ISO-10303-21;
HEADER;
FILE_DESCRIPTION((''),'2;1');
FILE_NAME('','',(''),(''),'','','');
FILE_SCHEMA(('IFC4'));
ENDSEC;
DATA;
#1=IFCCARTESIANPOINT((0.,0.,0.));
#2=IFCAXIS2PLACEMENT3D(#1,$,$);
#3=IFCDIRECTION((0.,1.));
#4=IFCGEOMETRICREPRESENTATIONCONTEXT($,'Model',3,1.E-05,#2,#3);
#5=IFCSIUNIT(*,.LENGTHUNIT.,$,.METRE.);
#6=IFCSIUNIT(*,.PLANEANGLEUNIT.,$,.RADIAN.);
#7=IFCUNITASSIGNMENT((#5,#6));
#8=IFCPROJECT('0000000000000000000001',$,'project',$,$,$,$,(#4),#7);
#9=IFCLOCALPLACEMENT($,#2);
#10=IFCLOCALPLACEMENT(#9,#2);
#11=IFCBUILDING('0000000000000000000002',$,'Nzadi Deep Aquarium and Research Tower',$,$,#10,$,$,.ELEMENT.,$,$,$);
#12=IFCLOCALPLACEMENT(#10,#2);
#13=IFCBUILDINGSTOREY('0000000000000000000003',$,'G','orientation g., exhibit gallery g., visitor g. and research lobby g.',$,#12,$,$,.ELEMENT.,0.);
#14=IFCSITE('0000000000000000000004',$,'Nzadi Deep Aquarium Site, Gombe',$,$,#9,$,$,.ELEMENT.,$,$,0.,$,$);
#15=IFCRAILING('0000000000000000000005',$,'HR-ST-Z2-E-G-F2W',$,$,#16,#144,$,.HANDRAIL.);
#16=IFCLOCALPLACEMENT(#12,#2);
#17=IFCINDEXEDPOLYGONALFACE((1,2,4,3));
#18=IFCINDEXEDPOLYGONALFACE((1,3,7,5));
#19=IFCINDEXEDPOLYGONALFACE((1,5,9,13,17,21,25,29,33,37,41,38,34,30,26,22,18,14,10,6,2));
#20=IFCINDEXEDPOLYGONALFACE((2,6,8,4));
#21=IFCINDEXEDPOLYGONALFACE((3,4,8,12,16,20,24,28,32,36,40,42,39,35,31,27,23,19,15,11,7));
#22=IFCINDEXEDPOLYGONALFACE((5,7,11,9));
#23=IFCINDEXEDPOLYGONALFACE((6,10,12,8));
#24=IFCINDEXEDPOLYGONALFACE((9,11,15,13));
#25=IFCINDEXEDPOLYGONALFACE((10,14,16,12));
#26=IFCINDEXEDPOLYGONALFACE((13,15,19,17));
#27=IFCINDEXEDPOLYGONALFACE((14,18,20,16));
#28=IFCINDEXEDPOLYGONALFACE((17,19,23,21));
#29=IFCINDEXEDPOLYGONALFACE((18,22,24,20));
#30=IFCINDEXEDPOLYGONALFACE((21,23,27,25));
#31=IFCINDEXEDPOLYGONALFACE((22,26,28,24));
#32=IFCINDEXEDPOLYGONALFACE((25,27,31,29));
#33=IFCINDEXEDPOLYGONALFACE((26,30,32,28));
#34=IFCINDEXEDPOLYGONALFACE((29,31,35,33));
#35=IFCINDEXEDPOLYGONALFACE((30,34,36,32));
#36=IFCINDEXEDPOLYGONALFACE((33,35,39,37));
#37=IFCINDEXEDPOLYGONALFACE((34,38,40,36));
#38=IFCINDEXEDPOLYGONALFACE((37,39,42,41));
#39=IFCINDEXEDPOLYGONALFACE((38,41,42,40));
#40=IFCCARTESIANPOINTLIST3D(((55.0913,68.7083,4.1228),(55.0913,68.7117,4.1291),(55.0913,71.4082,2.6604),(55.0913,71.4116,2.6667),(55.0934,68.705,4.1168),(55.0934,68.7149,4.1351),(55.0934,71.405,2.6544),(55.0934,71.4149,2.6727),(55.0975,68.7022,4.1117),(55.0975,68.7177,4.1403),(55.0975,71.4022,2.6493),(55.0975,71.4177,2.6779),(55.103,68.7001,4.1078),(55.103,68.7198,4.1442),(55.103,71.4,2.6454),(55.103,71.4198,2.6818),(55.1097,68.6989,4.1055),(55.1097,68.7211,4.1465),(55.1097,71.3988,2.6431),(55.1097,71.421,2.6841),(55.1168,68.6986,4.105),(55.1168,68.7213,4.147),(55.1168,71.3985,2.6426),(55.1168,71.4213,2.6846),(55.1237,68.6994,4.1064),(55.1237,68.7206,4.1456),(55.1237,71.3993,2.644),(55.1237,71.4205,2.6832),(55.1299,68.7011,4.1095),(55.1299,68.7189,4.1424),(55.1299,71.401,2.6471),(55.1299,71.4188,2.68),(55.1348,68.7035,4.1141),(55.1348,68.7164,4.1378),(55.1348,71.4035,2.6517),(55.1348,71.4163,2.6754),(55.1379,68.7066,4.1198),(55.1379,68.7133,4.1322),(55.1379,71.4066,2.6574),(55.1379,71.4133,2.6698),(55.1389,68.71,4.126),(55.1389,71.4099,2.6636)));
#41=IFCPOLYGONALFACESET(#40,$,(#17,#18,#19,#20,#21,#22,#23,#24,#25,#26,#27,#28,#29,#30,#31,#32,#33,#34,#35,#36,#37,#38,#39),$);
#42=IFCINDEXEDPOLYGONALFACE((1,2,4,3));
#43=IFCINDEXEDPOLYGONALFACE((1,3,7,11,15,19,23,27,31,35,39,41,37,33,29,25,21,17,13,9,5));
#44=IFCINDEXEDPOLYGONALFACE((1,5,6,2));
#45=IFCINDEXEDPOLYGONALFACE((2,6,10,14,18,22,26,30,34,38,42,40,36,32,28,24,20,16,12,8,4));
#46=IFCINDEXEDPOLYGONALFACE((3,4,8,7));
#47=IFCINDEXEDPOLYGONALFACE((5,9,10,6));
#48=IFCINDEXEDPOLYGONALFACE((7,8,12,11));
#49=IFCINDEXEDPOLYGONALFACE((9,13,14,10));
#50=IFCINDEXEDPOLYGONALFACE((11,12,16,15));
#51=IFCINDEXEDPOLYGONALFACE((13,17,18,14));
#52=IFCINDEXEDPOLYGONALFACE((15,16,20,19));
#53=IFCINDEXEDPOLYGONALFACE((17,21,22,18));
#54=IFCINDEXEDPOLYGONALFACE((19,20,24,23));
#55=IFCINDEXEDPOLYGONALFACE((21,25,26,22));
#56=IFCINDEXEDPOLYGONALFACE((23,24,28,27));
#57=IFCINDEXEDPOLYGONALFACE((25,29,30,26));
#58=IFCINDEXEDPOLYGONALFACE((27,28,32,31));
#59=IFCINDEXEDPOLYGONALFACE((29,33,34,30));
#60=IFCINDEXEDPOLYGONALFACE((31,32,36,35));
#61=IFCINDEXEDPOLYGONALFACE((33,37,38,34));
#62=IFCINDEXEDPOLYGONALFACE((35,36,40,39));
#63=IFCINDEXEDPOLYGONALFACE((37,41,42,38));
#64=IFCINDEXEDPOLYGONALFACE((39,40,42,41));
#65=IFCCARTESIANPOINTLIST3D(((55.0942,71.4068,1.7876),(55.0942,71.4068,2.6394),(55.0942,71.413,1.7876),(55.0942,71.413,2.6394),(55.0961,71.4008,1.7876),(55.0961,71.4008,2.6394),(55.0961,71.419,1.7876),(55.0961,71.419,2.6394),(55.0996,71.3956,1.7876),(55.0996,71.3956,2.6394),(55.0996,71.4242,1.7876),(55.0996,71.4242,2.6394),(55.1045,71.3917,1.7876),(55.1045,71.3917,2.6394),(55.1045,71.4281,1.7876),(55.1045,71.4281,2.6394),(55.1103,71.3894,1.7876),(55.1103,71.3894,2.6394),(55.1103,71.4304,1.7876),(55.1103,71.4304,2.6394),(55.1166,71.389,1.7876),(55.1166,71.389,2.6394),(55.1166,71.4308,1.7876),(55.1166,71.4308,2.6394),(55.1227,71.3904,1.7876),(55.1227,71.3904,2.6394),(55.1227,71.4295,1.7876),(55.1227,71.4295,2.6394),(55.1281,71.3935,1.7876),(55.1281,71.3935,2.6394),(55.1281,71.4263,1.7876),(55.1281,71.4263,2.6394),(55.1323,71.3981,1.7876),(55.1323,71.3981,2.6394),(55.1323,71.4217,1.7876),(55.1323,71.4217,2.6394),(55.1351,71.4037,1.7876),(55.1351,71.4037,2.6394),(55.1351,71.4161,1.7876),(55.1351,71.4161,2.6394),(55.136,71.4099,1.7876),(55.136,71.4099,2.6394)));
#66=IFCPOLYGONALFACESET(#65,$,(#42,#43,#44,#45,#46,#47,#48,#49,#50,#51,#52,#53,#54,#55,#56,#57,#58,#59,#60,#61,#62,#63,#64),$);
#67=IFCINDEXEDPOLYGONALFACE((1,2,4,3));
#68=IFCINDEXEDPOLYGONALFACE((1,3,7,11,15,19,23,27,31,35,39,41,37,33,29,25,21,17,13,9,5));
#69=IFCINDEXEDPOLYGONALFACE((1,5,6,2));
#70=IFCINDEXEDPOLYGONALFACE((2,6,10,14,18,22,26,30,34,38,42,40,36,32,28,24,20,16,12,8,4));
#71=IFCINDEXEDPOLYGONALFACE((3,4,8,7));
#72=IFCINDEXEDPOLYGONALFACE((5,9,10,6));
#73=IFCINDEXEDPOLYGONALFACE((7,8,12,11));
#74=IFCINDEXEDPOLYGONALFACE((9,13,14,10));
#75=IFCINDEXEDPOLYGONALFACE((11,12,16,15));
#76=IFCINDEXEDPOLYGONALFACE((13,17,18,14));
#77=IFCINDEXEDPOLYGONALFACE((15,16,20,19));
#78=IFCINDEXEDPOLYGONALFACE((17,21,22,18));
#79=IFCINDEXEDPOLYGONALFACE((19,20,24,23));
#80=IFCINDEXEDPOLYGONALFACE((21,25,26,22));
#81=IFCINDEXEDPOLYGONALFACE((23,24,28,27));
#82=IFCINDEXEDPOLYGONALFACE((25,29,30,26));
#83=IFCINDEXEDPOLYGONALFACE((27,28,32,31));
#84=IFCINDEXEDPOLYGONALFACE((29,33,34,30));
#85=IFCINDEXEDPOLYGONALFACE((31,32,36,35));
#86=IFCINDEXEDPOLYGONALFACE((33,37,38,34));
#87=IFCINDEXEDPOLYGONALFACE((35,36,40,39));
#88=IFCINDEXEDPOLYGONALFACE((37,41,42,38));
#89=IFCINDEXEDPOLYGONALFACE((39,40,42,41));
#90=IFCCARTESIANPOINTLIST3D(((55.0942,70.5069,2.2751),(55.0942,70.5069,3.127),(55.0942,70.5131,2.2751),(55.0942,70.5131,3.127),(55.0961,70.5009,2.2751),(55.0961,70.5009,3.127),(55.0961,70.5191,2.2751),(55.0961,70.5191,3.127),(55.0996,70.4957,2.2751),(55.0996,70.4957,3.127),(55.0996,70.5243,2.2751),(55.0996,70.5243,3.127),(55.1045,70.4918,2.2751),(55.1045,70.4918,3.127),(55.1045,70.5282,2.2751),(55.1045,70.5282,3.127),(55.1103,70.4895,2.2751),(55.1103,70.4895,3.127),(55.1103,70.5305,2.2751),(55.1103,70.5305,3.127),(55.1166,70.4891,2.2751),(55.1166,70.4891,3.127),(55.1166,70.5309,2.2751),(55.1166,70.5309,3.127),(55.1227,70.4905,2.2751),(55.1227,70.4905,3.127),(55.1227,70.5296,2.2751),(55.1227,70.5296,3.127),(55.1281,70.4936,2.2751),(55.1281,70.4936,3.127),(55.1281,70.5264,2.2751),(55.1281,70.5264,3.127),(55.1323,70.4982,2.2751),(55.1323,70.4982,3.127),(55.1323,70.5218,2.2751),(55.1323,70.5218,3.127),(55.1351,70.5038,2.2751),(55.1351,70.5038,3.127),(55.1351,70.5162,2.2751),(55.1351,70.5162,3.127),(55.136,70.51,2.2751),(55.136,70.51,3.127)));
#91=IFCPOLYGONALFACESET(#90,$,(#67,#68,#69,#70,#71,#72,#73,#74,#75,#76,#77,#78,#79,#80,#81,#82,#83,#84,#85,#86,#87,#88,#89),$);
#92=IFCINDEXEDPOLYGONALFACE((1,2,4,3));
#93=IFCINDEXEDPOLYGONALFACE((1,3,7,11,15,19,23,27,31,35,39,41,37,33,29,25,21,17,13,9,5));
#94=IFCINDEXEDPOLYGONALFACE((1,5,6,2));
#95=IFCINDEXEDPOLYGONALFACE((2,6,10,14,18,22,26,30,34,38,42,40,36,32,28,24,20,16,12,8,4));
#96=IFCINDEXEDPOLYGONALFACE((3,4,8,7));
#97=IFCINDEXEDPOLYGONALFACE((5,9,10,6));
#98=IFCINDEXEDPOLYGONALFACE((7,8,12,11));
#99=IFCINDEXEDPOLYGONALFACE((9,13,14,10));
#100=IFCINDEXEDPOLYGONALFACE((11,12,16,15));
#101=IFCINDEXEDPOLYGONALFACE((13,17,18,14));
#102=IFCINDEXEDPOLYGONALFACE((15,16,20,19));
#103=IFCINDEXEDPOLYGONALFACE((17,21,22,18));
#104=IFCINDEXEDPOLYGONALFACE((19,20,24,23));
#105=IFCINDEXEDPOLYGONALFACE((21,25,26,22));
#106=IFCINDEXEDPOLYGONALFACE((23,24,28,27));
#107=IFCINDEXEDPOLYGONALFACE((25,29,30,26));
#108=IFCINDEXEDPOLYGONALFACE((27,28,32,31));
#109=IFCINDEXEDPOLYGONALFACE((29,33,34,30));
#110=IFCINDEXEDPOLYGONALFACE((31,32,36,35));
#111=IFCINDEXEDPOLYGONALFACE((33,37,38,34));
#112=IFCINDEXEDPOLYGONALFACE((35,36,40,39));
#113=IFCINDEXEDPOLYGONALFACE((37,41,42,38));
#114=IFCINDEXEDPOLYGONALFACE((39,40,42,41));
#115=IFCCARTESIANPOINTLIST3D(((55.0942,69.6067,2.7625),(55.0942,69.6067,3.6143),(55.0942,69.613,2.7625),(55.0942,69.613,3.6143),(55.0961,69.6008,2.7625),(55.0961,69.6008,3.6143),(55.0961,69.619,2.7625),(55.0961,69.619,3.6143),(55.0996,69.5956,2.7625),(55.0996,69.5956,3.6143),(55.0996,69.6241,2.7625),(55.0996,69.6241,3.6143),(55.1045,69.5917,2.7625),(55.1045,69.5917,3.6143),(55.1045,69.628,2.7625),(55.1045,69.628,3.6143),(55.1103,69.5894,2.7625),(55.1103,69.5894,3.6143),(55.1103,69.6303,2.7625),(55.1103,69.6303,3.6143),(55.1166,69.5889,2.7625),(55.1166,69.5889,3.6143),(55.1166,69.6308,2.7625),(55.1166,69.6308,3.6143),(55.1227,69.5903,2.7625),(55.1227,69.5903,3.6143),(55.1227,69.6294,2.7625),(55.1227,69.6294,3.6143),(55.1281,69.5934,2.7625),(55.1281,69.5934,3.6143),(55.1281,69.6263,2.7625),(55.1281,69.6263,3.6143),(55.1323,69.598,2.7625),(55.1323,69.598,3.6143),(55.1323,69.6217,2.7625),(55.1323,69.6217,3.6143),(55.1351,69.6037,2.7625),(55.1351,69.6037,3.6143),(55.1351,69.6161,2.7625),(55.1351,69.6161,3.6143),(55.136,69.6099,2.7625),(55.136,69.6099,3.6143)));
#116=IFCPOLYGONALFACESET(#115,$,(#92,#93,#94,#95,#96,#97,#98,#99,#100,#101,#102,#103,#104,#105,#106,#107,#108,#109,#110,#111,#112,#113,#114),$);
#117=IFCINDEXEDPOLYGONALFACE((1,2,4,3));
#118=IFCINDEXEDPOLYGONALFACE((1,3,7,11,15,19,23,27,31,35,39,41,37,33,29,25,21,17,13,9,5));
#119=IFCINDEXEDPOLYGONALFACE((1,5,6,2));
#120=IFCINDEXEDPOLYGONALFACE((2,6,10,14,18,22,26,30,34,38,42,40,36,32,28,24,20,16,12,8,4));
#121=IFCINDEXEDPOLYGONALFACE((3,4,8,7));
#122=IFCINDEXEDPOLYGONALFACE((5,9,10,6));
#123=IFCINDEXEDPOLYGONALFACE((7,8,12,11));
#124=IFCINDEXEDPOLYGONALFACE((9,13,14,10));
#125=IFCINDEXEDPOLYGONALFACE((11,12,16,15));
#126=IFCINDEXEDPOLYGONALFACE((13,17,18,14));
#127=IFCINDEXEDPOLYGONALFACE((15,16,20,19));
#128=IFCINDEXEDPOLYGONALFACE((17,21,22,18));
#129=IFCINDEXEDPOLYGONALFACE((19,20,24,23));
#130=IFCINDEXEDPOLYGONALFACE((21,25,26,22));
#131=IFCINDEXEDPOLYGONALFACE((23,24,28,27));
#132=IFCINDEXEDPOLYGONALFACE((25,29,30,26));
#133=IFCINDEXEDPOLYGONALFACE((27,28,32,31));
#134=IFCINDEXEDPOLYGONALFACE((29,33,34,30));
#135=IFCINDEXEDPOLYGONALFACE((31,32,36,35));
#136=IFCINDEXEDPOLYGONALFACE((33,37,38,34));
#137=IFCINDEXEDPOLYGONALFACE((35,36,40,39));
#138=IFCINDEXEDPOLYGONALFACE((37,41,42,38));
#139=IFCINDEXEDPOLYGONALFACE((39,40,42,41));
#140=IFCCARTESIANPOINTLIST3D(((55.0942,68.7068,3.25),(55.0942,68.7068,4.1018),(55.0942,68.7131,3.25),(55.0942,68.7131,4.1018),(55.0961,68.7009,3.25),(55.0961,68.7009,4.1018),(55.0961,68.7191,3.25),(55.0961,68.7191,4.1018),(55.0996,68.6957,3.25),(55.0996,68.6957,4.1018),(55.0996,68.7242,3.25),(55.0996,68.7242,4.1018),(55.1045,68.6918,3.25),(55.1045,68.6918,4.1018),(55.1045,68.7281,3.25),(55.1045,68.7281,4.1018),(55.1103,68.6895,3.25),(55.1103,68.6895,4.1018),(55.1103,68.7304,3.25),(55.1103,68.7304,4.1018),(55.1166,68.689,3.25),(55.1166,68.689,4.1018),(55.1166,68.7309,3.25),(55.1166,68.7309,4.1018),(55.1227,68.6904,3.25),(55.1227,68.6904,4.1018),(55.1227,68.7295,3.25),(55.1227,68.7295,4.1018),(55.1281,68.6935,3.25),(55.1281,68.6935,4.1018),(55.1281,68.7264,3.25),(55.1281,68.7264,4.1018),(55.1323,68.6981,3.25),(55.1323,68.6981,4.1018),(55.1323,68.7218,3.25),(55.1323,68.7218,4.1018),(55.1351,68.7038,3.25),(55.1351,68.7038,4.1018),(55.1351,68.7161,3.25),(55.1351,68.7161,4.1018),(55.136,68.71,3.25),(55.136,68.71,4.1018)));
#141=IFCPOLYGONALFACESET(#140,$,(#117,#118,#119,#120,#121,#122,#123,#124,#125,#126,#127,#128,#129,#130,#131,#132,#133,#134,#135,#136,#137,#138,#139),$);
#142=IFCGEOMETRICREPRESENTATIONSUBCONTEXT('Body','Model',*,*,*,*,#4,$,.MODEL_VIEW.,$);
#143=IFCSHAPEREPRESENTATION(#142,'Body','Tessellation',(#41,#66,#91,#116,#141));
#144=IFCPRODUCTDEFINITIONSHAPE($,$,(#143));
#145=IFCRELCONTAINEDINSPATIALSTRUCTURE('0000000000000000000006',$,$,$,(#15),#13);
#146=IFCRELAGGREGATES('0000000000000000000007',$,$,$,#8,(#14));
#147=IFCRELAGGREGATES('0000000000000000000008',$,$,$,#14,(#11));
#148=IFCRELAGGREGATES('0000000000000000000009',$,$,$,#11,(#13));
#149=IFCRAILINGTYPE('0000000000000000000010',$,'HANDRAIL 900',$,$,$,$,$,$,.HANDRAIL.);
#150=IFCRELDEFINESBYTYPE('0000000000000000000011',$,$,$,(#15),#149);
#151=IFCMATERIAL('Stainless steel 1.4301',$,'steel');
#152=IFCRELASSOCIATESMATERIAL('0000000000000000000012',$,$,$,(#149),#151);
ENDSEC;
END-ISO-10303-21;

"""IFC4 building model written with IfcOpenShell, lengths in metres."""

from ifc_helpers import new_model, si_unit, direction, frame, origin, origin_2d, place, context, subcontext, project, spatial, circle, extrude, material, type_object, element, save


model = new_model("IFC4")

# Units and contexts
model_context = context("Model", 3, precision=1e-05, world=origin(), true_north=direction((0.0, 1.0)))
body_context = subcontext(model_context, "Body", "Model", "MODEL_VIEW")
ifc_project = project(units=[si_unit("LENGTHUNIT", "METRE"), si_unit("PLANEANGLEUNIT", "RADIAN")], contexts=[model_context])

# Site, building, storey
site_placement = place(None, origin())
site = spatial("IfcSite", under=ifc_project, at=site_placement, Name="Nzadi Deep Aquarium Site, Gombe", CompositionType="ELEMENT", RefElevation=0.0)
building_placement = place(site_placement, origin())
building = spatial("IfcBuilding", under=site, at=building_placement, Name="Nzadi Deep Aquarium and Research Tower", CompositionType="ELEMENT")
storey_placement = place(building_placement, origin())
storey = spatial("IfcBuildingStorey", under=building, at=storey_placement, Name="G", Description="orientation g., exhibit gallery g., visitor g. and research lobby g.", CompositionType="ELEMENT", Elevation=0.0)

# Railing
ifc_material_1 = material(Name="Stainless steel 1.4301", Category="steel")
railing_type = type_object("IfcRailingType", Name="HANDRAIL 900", PredefinedType="HANDRAIL", material=ifc_material_1)
for number, where, name in (
    (1, (55.115, 71.4099, 1.7876), "HR-ST-Z2-E-G-F2W"),
):
    element("IfcRailing", number, at=place(storey_placement, frame(where)), inside=storey, type_object=railing_type, Name=name, PredefinedType="HANDRAIL", context=body_context, shape_type="SweptSolid", body=[
        extrude(circle(Radius=0.0239, at=origin_2d()), frame((0.0, 0.0, 0.876), z_axis=(0.0, -0.879302, 0.476265), x_axis=(1.0, 0.0, 0.0)), (0.0, 0.0, 1.0), 3.0706),
        extrude(circle(Radius=0.021, at=origin_2d()), origin(), (0.0, 0.0, 1.0), 0.8518),
        extrude(circle(Radius=0.021, at=origin_2d()), frame((0.0, -0.8999, 0.4875)), (0.0, 0.0, 1.0), 0.8518),
        extrude(circle(Radius=0.021, at=origin_2d()), frame((0.0, -1.8, 0.9749)), (0.0, 0.0, 1.0), 0.8518),
        extrude(circle(Radius=0.021, at=origin_2d()), frame((0.0, -2.7, 1.4624)), (0.0, 0.0, 1.0), 0.8518),
    ])

save(model, "model.ifc")
